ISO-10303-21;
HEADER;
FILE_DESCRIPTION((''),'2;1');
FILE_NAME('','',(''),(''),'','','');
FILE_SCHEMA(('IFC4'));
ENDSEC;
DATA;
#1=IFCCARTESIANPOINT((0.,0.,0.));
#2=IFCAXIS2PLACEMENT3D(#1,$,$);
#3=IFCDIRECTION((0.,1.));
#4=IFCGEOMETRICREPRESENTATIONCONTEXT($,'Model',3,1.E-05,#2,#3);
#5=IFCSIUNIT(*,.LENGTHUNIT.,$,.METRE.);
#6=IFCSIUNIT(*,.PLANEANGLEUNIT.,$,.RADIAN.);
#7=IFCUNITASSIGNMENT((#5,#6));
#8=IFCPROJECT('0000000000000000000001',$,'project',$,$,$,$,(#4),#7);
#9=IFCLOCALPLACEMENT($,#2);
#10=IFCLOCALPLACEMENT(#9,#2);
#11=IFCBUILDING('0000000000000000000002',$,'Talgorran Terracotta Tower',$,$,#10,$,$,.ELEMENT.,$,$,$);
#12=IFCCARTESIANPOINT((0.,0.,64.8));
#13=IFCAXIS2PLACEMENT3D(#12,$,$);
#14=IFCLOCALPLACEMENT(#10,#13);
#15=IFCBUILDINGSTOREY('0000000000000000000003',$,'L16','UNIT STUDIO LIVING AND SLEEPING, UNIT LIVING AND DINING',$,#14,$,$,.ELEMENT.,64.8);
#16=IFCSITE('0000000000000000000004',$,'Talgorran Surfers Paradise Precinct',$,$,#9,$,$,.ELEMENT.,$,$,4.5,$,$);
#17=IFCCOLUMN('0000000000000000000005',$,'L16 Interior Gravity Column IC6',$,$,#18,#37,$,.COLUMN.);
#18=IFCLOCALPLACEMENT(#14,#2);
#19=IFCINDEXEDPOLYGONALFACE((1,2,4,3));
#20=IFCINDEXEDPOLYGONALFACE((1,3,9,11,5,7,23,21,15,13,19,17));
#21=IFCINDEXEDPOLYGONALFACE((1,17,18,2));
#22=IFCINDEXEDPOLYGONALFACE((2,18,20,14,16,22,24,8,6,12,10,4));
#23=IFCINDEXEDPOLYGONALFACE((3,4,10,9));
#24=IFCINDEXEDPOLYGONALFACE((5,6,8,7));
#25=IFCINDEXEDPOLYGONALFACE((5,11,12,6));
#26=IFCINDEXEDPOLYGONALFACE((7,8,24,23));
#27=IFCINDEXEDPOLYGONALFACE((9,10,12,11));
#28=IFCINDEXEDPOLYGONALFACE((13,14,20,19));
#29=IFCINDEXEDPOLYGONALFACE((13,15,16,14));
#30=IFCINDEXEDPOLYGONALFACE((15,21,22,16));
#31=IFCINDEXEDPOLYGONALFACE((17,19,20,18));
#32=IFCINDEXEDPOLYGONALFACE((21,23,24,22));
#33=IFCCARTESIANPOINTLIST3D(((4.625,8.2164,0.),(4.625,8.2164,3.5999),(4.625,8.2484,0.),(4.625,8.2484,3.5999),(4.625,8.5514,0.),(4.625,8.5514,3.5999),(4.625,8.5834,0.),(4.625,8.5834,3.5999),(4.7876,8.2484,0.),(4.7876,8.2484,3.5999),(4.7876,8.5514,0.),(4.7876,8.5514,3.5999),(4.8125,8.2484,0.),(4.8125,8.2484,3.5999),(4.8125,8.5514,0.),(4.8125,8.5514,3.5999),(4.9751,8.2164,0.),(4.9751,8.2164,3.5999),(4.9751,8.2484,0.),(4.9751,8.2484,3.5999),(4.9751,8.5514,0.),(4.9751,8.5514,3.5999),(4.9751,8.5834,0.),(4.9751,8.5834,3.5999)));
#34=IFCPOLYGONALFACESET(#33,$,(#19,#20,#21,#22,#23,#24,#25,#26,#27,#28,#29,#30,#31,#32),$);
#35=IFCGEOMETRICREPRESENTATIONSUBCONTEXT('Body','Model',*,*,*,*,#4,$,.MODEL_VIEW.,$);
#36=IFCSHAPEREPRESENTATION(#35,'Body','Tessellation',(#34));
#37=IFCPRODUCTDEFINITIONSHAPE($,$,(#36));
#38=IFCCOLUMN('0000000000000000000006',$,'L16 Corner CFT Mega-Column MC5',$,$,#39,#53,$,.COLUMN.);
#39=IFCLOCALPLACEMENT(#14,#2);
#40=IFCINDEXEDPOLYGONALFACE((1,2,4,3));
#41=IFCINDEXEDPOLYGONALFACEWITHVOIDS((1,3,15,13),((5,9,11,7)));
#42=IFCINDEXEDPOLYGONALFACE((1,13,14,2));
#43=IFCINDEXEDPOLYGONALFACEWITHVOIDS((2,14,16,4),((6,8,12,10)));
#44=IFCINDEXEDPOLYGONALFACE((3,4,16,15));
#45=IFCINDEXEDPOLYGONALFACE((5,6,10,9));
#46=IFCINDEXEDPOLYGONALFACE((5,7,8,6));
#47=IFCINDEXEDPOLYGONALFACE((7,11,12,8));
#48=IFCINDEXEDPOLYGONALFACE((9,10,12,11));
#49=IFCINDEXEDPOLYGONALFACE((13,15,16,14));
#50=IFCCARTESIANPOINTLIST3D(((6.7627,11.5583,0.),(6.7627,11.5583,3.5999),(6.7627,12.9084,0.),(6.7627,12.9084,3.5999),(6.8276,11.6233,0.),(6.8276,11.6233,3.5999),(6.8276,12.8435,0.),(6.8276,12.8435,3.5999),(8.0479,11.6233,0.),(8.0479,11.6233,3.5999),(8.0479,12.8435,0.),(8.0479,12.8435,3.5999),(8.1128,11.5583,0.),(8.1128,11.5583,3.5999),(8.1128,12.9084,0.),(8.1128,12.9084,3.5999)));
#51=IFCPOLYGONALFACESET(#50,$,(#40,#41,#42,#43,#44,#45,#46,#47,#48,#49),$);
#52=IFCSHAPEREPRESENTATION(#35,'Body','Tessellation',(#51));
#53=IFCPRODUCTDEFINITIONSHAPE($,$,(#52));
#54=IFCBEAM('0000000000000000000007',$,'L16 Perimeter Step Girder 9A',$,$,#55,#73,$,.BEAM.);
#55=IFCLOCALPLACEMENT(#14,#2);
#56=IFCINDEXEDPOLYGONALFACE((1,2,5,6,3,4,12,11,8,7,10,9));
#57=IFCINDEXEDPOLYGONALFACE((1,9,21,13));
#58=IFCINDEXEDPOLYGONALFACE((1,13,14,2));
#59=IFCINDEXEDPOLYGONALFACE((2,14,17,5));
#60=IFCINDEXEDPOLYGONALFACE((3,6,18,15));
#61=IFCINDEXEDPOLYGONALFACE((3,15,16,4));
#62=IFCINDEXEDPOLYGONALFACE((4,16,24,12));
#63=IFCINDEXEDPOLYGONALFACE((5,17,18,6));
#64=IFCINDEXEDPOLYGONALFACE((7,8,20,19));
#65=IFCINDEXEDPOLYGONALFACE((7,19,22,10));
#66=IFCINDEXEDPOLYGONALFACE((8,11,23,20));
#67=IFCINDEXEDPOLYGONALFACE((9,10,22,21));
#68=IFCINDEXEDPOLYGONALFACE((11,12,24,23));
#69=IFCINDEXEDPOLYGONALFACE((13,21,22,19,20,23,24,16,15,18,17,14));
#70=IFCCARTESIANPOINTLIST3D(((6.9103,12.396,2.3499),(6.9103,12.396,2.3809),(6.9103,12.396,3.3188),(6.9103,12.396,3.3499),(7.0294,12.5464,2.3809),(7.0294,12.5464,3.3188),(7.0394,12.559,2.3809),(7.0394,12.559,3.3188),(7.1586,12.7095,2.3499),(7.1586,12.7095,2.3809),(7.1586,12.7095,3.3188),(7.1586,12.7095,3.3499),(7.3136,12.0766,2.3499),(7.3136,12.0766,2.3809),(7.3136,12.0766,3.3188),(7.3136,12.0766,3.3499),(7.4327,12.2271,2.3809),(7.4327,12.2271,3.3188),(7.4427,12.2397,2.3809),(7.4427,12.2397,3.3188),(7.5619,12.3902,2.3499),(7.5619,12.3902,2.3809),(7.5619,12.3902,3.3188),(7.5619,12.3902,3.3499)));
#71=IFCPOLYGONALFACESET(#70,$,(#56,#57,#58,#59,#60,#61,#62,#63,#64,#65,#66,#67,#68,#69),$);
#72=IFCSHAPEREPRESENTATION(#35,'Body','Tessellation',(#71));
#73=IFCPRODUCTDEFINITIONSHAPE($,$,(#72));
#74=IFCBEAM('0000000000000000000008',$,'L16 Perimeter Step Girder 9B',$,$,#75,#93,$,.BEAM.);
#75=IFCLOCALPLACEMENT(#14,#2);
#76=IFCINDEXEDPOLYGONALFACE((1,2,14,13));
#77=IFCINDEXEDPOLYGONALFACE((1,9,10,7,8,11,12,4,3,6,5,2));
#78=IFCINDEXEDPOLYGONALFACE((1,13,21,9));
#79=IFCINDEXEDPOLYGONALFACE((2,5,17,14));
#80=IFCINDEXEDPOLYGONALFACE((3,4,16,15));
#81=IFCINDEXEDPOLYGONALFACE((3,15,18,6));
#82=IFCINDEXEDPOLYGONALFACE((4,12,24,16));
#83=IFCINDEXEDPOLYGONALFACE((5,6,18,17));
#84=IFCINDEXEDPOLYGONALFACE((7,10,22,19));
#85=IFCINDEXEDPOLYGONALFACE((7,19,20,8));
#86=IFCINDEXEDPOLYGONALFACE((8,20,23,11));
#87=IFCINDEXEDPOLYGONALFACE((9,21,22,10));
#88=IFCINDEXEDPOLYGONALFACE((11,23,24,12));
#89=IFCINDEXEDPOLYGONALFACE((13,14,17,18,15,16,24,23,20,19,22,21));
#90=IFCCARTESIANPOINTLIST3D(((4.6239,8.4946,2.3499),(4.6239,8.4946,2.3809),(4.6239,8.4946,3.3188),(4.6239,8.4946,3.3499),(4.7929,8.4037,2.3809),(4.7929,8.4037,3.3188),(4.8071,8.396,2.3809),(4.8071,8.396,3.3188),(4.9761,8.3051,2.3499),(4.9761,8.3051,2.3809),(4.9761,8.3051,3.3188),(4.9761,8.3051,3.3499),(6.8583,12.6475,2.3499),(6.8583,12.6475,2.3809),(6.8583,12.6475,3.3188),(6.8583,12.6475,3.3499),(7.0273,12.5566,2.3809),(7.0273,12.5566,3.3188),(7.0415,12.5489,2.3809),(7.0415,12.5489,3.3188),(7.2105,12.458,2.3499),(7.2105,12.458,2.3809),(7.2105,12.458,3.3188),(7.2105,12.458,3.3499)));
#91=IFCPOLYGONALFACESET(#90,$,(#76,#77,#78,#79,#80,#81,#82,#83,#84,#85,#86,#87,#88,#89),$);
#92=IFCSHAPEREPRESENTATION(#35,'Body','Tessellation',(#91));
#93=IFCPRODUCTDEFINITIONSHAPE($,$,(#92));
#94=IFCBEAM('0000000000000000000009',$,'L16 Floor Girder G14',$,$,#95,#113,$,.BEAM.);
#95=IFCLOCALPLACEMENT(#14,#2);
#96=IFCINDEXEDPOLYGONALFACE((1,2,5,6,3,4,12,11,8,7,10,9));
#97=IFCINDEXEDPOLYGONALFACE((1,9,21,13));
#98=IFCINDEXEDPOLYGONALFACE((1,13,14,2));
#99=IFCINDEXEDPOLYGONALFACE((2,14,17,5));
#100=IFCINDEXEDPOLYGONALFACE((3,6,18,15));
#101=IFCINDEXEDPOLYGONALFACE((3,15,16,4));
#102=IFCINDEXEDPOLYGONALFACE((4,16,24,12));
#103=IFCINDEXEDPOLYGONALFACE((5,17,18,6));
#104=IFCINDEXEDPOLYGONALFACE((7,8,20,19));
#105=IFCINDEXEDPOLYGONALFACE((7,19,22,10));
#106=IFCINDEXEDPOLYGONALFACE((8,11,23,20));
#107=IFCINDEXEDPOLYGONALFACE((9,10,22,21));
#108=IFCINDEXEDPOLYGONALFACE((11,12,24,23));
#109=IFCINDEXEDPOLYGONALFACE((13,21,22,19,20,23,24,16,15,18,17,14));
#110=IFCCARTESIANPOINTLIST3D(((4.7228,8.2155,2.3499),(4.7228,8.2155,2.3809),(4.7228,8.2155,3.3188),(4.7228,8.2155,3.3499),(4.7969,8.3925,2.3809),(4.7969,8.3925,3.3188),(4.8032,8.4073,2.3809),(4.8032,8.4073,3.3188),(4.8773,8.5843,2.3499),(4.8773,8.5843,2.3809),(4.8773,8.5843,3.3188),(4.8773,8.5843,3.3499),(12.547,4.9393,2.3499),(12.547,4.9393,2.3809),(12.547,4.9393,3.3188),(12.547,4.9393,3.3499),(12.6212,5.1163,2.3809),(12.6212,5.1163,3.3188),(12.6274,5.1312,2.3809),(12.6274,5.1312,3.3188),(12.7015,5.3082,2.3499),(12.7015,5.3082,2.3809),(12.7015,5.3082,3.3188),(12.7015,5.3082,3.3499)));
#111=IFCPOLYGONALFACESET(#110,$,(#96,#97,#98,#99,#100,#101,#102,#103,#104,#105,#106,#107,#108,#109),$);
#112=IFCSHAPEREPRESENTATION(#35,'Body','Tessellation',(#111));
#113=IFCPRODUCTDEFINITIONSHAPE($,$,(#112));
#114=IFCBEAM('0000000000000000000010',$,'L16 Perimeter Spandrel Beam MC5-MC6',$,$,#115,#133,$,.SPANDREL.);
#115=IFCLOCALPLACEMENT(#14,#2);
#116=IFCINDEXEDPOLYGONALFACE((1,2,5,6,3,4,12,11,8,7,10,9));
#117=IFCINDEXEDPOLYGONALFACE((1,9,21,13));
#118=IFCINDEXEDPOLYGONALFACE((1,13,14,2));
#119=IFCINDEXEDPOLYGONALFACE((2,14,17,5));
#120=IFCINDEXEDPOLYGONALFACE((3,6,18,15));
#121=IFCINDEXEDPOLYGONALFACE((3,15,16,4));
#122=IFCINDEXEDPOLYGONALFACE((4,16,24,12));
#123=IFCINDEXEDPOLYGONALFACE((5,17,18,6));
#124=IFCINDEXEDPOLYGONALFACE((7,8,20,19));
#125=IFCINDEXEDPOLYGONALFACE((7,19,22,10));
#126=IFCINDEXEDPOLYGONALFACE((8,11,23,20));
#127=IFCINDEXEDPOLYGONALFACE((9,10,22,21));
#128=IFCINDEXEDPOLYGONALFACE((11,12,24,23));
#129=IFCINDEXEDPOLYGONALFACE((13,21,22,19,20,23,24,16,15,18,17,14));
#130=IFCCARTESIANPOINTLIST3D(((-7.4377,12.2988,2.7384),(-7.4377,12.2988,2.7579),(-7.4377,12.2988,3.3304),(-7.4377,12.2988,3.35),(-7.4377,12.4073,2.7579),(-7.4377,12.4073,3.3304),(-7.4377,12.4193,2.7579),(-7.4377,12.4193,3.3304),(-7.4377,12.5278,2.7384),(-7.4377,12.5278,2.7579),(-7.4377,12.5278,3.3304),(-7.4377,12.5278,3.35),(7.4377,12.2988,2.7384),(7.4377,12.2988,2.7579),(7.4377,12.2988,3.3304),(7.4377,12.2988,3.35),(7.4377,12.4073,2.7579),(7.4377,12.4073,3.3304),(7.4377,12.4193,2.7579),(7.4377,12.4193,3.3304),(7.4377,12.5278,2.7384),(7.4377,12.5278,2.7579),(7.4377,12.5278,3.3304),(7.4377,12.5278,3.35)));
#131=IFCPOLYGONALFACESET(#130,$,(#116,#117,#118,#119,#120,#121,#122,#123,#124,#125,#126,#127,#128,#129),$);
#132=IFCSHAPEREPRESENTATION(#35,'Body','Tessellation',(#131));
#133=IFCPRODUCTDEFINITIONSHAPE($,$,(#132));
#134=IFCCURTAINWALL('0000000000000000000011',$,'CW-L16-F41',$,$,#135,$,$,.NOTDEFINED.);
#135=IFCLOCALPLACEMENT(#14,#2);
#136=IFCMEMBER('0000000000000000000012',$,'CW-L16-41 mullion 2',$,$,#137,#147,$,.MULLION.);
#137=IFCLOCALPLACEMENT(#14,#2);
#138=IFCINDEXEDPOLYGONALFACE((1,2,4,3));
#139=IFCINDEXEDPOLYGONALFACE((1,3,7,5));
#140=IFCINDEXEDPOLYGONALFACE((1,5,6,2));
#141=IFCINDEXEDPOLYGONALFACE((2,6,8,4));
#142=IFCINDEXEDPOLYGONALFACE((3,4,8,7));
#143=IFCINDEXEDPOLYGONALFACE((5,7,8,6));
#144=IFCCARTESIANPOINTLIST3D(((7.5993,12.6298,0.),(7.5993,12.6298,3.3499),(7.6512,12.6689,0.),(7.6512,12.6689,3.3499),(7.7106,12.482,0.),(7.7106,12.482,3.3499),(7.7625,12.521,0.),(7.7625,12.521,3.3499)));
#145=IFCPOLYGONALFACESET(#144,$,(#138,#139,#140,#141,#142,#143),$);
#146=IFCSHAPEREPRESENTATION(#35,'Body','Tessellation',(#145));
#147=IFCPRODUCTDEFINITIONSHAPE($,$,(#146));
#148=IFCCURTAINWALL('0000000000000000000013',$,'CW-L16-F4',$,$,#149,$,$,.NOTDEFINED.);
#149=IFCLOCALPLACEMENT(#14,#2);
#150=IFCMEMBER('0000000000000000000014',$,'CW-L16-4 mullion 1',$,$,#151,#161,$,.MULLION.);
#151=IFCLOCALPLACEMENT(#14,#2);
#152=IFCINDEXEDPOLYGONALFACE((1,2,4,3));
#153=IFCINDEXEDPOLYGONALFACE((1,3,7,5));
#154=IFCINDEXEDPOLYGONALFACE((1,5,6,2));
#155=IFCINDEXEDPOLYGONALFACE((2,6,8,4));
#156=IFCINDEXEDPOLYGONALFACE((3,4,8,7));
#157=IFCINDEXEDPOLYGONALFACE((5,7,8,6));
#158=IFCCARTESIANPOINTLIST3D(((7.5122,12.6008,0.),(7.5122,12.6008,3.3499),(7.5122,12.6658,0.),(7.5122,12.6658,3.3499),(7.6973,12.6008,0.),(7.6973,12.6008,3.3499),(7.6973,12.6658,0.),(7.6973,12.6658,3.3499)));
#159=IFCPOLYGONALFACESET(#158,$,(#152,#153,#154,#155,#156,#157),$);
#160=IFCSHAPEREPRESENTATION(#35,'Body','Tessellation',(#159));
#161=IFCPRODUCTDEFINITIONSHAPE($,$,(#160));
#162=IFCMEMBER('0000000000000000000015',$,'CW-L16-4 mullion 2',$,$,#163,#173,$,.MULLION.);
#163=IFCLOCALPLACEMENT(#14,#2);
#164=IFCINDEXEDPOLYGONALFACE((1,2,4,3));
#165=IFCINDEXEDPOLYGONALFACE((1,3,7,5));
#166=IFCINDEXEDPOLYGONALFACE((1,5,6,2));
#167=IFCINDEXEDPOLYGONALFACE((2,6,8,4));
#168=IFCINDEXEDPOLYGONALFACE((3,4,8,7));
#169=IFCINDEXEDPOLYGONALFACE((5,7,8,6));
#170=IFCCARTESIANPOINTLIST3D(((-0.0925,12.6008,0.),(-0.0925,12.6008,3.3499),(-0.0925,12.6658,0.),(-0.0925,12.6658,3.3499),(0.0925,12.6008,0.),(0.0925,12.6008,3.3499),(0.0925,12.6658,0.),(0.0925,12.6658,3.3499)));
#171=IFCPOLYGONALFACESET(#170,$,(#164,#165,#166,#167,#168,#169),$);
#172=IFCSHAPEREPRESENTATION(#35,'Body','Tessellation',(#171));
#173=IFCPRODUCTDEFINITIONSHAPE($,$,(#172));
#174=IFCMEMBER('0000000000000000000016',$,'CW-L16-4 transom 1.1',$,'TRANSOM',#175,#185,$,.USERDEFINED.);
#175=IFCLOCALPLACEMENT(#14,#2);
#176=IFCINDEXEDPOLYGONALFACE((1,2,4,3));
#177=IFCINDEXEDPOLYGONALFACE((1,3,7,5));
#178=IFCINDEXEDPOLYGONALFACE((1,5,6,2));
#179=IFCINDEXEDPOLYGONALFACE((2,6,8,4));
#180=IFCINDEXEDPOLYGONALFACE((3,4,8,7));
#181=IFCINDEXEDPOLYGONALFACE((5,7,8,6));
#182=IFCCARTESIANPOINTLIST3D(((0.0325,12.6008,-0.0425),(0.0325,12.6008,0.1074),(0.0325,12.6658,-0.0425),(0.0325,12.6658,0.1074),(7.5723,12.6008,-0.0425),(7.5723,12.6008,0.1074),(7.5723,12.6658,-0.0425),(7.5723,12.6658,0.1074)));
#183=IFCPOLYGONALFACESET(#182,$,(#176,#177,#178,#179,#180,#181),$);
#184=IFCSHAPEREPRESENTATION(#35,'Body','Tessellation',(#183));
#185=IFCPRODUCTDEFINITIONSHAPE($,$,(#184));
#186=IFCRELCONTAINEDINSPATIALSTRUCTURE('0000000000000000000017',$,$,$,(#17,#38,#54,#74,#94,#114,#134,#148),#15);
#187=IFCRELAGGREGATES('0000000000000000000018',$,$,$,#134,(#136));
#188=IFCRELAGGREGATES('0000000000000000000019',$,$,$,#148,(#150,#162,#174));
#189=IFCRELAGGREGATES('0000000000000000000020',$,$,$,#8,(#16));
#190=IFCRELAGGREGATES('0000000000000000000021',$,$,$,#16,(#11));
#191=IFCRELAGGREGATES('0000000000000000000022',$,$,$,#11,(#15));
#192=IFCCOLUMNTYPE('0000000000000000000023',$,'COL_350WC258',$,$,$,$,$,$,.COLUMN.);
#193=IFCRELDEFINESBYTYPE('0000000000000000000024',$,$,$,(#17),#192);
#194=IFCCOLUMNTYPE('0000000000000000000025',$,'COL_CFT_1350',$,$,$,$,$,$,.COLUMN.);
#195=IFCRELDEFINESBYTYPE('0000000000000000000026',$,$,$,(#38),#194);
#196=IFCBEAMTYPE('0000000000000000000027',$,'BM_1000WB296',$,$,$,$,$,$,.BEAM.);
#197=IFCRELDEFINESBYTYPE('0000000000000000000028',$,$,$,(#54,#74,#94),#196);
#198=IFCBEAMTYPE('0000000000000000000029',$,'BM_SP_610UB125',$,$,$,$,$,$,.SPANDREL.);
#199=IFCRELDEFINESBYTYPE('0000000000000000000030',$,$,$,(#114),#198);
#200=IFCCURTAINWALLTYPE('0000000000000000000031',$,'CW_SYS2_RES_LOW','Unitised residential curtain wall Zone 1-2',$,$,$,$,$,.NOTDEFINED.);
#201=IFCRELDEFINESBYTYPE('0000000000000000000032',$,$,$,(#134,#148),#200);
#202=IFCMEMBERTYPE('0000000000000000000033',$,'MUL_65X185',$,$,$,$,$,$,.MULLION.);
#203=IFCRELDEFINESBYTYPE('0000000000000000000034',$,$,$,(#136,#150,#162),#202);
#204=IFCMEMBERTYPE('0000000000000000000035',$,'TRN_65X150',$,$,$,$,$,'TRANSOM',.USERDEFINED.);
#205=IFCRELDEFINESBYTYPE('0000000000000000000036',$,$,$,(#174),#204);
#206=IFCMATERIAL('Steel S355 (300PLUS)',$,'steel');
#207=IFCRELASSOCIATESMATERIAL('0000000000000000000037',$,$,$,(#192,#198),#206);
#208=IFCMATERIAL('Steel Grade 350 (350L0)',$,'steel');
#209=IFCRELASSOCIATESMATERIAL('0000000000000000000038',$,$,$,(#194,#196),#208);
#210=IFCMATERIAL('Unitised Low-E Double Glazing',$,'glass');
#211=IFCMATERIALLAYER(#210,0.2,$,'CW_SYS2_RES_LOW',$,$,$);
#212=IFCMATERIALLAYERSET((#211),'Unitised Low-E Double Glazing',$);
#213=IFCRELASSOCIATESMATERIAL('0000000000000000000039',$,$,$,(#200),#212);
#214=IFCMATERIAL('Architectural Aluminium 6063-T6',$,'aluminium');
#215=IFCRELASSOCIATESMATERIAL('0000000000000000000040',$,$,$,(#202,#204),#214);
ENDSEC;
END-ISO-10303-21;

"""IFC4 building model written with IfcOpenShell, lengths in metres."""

from ifc_helpers import new_model, si_unit, direction, frame, origin, origin_2d, place, context, subcontext, project, spatial, rectangle, hollow_rectangle, i_section, extrude, material, layer, layer_set, material_profile, profile_set, type_object, element, aggregate, save


model = new_model("IFC4")

# Units and contexts
model_context = context("Model", 3, precision=1e-05, world=origin(), true_north=direction((0.0, 1.0)))
body_context = subcontext(model_context, "Body", "Model", "MODEL_VIEW")
ifc_project = project(units=[si_unit("LENGTHUNIT", "METRE"), si_unit("PLANEANGLEUNIT", "RADIAN")], contexts=[model_context])

# Site, building, storey
site_placement = place(None, origin())
site = spatial("IfcSite", under=ifc_project, at=site_placement, Name="Talgorran Surfers Paradise Precinct", CompositionType="ELEMENT", RefElevation=4.5)
building_placement = place(site_placement, origin())
building = spatial("IfcBuilding", under=site, at=building_placement, Name="Talgorran Terracotta Tower", CompositionType="ELEMENT")
storey_placement = place(building_placement, frame((0.0, 0.0, 64.8)))
storey = spatial("IfcBuildingStorey", under=building, at=storey_placement, Name="L16", Description="UNIT STUDIO LIVING AND SLEEPING, UNIT LIVING AND DINING", CompositionType="ELEMENT", Elevation=64.8)

# Columns
ifc_material_1 = material(Name="Steel S355 (300PLUS)", Category="steel")
ifc_material_profile_1 = material_profile(ifc_material_1, i_section(OverallWidth=0.3501, OverallDepth=0.3669, WebThickness=0.0249, FlangeThickness=0.032, at=origin_2d()), Name="350WC258")
ifc_profile_set_1 = profile_set([ifc_material_profile_1], Name="Steel S355 (300PLUS)")
column_type_1 = type_object("IfcColumnType", Name="COL_350WC258", PredefinedType="COLUMN", material=ifc_profile_set_1)
column_1_placement = place(storey_placement, frame((4.8, 8.3999, 0.0), z_axis=(0.0, 0.0, 1.0), x_axis=(1.0, 0.0, 0.0)))
element("IfcColumn", 1, at=column_1_placement, inside=storey, type_object=column_type_1, Name="L16 Interior Gravity Column IC6", PredefinedType="COLUMN", context=body_context, shape_type="SweptSolid", body=[
    extrude(i_section(OverallWidth=0.3501, OverallDepth=0.3669, WebThickness=0.0249, FlangeThickness=0.032, at=origin_2d()), origin(), (0.0, 0.0, 1.0), 3.5999),
])
ifc_material_2 = material(Name="Steel Grade 350 (350L0)", Category="steel")
ifc_material_profile_2 = material_profile(ifc_material_2, hollow_rectangle(XDim=1.3501, YDim=1.3501, WallThickness=0.0649, at=origin_2d()), Name="CFT1350X1350X65")
ifc_profile_set_2 = profile_set([ifc_material_profile_2], Name="Steel Grade 350 (350L0)")
column_type_2 = type_object("IfcColumnType", Name="COL_CFT_1350", PredefinedType="COLUMN", material=ifc_profile_set_2)
column_2_placement = place(storey_placement, frame((7.4377, 12.2334, 0.0), z_axis=(0.0, 0.0, 1.0), x_axis=(1.0, 0.0, 0.0)))
element("IfcColumn", 2, at=column_2_placement, inside=storey, type_object=column_type_2, Name="L16 Corner CFT Mega-Column MC5", PredefinedType="COLUMN", context=body_context, shape_type="SweptSolid", body=[
    extrude(hollow_rectangle(XDim=1.3501, YDim=1.3501, WallThickness=0.0649, at=origin_2d()), origin(), (0.0, 0.0, 1.0), 3.5999),
])

# Beams
ifc_material_profile_3 = material_profile(ifc_material_2, i_section(OverallWidth=0.3999, OverallDepth=1.0, WebThickness=0.0161, FlangeThickness=0.031, at=origin_2d()), Name="1000WB296")
ifc_profile_set_3 = profile_set([ifc_material_profile_3], Name="Steel Grade 350 (350L0)")
beam_type_1 = type_object("IfcBeamType", Name="BM_1000WB296", PredefinedType="BEAM", material=ifc_profile_set_3)
beam_1_placement = place(storey_placement, frame((7.4377, 12.2334, 2.8499), z_axis=(-0.784007, 0.620752, 0.0), x_axis=(-0.620752, -0.784007, 0.0)))
element("IfcBeam", 3, at=beam_1_placement, inside=storey, type_object=beam_type_1, Name="L16 Perimeter Step Girder 9A", PredefinedType="BEAM", context=body_context, shape_type="SweptSolid", body=[
    extrude(i_section(OverallWidth=0.3999, OverallDepth=1.0, WebThickness=0.0161, FlangeThickness=0.031, at=origin_2d()), origin(), (0.0, 0.0, 1.0), 0.5144),
])
beam_2_placement = place(storey_placement, frame((7.0344, 12.5527, 2.8499), z_axis=(-0.47381, -0.880627, 0.0), x_axis=(0.880627, -0.47381, 0.0)))
element("IfcBeam", 4, at=beam_2_placement, inside=storey, type_object=beam_type_1, Name="L16 Perimeter Step Girder 9B", PredefinedType="BEAM", context=body_context, shape_type="SweptSolid", body=[
    extrude(i_section(OverallWidth=0.3999, OverallDepth=1.0, WebThickness=0.0161, FlangeThickness=0.031, at=origin_2d()), origin(), (0.0, 0.0, 1.0), 4.7158),
])
beam_3_placement = place(storey_placement, frame((4.8, 8.3999, 2.8499), z_axis=(0.922405, -0.386225, 0.0), x_axis=(0.386225, 0.922405, 0.0)))
element("IfcBeam", 5, at=beam_3_placement, inside=storey, type_object=beam_type_1, Name="L16 Floor Girder G14", PredefinedType="BEAM", context=body_context, shape_type="SweptSolid", body=[
    extrude(i_section(OverallWidth=0.3999, OverallDepth=1.0, WebThickness=0.0161, FlangeThickness=0.031, at=origin_2d()), origin(), (0.0, 0.0, 1.0), 8.4824),
])
ifc_material_profile_4 = material_profile(ifc_material_1, i_section(OverallWidth=0.229, OverallDepth=0.6116, WebThickness=0.012, FlangeThickness=0.0195, at=origin_2d()), Name="610UB125")
ifc_profile_set_4 = profile_set([ifc_material_profile_4], Name="Steel S355 (300PLUS)")
beam_type_2 = type_object("IfcBeamType", Name="BM_SP_610UB125", PredefinedType="SPANDREL", material=ifc_profile_set_4)
beam_4_placement = place(storey_placement, frame((7.4377, 12.4133, 3.0442), z_axis=(-1.0, 0.0, 0.0), x_axis=(0.0, -1.0, 0.0)))
element("IfcBeam", 6, at=beam_4_placement, inside=storey, type_object=beam_type_2, Name="L16 Perimeter Spandrel Beam MC5-MC6", PredefinedType="SPANDREL", context=body_context, shape_type="SweptSolid", body=[
    extrude(i_section(OverallWidth=0.229, OverallDepth=0.6116, WebThickness=0.012, FlangeThickness=0.0195, at=origin_2d()), origin(), (0.0, 0.0, 1.0), 14.8755),
])

# Curtain wall, member
ifc_material_3 = material(Name="Unitised Low-E Double Glazing", Category="glass")
ifc_layer_1 = layer(ifc_material_3, 0.2, Name="CW_SYS2_RES_LOW")
ifc_layer_set_1 = layer_set([ifc_layer_1], Name="Unitised Low-E Double Glazing")
curtain_wall_type = type_object("IfcCurtainWallType", Name="CW_SYS2_RES_LOW", Description="Unitised residential curtain wall Zone 1-2", PredefinedType="NOTDEFINED", material=ifc_layer_set_1)
curtain_wall_1_placement = place(storey_placement, origin())
curtain_wall_1 = element("IfcCurtainWall", 7, at=curtain_wall_1_placement, inside=storey, type_object=curtain_wall_type, Name="CW-L16-F41", PredefinedType="NOTDEFINED")
ifc_material_4 = material(Name="Architectural Aluminium 6063-T6", Category="aluminium")
ifc_material_profile_5 = material_profile(ifc_material_4, rectangle(XDim=0.0649, YDim=0.1851, at=origin_2d()), Name="CWM65X185")
ifc_profile_set_5 = profile_set([ifc_material_profile_5], Name="Architectural Aluminium 6063-T6")
member_type_1 = type_object("IfcMemberType", Name="MUL_65X185", PredefinedType="MULLION", material=ifc_profile_set_5)
member_1_placement = place(storey_placement, frame((7.6809, 12.5754, 0.0), z_axis=(0.0, 0.0, 1.0), x_axis=(-0.798921, -0.601436, 0.0)))
member_1 = element("IfcMember", 8, at=member_1_placement, type_object=member_type_1, Name="CW-L16-41 mullion 2", PredefinedType="MULLION", context=body_context, shape_type="SweptSolid", body=[
    extrude(rectangle(XDim=0.0649, YDim=0.1851, at=origin_2d()), origin(), (0.0, 0.0, 1.0), 3.3499),
])
aggregate(curtain_wall_1, [member_1])

# Curtain wall, members
curtain_wall_2_placement = place(storey_placement, origin())
curtain_wall_2 = element("IfcCurtainWall", 9, at=curtain_wall_2_placement, inside=storey, type_object=curtain_wall_type, Name="CW-L16-F4", PredefinedType="NOTDEFINED")
member_2_placement = place(storey_placement, frame((7.6047, 12.6333, 0.0), z_axis=(0.0, 0.0, 1.0), x_axis=(0.0, -1.0, 0.0)))
member_2 = element("IfcMember", 10, at=member_2_placement, type_object=member_type_1, Name="CW-L16-4 mullion 1", PredefinedType="MULLION", context=body_context, shape_type="SweptSolid", body=[
    extrude(rectangle(XDim=0.0649, YDim=0.1851, at=origin_2d()), origin(), (0.0, 0.0, 1.0), 3.3499),
])
member_3_placement = place(storey_placement, frame((0.0, 12.6333, 0.0), z_axis=(0.0, 0.0, 1.0), x_axis=(0.0, -1.0, 0.0)))
member_3 = element("IfcMember", 11, at=member_3_placement, type_object=member_type_1, Name="CW-L16-4 mullion 2", PredefinedType="MULLION", context=body_context, shape_type="SweptSolid", body=[
    extrude(rectangle(XDim=0.0649, YDim=0.1851, at=origin_2d()), origin(), (0.0, 0.0, 1.0), 3.3499),
])
ifc_material_profile_6 = material_profile(ifc_material_4, rectangle(XDim=0.0649, YDim=0.1499, at=origin_2d()), Name="CWT65X150")
ifc_profile_set_6 = profile_set([ifc_material_profile_6], Name="Architectural Aluminium 6063-T6")
member_type_2 = type_object("IfcMemberType", Name="TRN_65X150", ElementType="TRANSOM", PredefinedType="USERDEFINED", material=ifc_profile_set_6)
member_4_placement = place(storey_placement, frame((7.5723, 12.6333, 0.0325), z_axis=(-1.0, 0.0, 0.0), x_axis=(0.0, -1.0, 0.0)))
member_4 = element("IfcMember", 12, at=member_4_placement, type_object=member_type_2, Name="CW-L16-4 transom 1.1", ObjectType="TRANSOM", PredefinedType="USERDEFINED", context=body_context, shape_type="SweptSolid", body=[
    extrude(rectangle(XDim=0.0649, YDim=0.1499, at=origin_2d()), origin(), (0.0, 0.0, 1.0), 7.5398),
])

aggregate(curtain_wall_2, [member_2, member_3, member_4])

save(model, "model.ifc")
